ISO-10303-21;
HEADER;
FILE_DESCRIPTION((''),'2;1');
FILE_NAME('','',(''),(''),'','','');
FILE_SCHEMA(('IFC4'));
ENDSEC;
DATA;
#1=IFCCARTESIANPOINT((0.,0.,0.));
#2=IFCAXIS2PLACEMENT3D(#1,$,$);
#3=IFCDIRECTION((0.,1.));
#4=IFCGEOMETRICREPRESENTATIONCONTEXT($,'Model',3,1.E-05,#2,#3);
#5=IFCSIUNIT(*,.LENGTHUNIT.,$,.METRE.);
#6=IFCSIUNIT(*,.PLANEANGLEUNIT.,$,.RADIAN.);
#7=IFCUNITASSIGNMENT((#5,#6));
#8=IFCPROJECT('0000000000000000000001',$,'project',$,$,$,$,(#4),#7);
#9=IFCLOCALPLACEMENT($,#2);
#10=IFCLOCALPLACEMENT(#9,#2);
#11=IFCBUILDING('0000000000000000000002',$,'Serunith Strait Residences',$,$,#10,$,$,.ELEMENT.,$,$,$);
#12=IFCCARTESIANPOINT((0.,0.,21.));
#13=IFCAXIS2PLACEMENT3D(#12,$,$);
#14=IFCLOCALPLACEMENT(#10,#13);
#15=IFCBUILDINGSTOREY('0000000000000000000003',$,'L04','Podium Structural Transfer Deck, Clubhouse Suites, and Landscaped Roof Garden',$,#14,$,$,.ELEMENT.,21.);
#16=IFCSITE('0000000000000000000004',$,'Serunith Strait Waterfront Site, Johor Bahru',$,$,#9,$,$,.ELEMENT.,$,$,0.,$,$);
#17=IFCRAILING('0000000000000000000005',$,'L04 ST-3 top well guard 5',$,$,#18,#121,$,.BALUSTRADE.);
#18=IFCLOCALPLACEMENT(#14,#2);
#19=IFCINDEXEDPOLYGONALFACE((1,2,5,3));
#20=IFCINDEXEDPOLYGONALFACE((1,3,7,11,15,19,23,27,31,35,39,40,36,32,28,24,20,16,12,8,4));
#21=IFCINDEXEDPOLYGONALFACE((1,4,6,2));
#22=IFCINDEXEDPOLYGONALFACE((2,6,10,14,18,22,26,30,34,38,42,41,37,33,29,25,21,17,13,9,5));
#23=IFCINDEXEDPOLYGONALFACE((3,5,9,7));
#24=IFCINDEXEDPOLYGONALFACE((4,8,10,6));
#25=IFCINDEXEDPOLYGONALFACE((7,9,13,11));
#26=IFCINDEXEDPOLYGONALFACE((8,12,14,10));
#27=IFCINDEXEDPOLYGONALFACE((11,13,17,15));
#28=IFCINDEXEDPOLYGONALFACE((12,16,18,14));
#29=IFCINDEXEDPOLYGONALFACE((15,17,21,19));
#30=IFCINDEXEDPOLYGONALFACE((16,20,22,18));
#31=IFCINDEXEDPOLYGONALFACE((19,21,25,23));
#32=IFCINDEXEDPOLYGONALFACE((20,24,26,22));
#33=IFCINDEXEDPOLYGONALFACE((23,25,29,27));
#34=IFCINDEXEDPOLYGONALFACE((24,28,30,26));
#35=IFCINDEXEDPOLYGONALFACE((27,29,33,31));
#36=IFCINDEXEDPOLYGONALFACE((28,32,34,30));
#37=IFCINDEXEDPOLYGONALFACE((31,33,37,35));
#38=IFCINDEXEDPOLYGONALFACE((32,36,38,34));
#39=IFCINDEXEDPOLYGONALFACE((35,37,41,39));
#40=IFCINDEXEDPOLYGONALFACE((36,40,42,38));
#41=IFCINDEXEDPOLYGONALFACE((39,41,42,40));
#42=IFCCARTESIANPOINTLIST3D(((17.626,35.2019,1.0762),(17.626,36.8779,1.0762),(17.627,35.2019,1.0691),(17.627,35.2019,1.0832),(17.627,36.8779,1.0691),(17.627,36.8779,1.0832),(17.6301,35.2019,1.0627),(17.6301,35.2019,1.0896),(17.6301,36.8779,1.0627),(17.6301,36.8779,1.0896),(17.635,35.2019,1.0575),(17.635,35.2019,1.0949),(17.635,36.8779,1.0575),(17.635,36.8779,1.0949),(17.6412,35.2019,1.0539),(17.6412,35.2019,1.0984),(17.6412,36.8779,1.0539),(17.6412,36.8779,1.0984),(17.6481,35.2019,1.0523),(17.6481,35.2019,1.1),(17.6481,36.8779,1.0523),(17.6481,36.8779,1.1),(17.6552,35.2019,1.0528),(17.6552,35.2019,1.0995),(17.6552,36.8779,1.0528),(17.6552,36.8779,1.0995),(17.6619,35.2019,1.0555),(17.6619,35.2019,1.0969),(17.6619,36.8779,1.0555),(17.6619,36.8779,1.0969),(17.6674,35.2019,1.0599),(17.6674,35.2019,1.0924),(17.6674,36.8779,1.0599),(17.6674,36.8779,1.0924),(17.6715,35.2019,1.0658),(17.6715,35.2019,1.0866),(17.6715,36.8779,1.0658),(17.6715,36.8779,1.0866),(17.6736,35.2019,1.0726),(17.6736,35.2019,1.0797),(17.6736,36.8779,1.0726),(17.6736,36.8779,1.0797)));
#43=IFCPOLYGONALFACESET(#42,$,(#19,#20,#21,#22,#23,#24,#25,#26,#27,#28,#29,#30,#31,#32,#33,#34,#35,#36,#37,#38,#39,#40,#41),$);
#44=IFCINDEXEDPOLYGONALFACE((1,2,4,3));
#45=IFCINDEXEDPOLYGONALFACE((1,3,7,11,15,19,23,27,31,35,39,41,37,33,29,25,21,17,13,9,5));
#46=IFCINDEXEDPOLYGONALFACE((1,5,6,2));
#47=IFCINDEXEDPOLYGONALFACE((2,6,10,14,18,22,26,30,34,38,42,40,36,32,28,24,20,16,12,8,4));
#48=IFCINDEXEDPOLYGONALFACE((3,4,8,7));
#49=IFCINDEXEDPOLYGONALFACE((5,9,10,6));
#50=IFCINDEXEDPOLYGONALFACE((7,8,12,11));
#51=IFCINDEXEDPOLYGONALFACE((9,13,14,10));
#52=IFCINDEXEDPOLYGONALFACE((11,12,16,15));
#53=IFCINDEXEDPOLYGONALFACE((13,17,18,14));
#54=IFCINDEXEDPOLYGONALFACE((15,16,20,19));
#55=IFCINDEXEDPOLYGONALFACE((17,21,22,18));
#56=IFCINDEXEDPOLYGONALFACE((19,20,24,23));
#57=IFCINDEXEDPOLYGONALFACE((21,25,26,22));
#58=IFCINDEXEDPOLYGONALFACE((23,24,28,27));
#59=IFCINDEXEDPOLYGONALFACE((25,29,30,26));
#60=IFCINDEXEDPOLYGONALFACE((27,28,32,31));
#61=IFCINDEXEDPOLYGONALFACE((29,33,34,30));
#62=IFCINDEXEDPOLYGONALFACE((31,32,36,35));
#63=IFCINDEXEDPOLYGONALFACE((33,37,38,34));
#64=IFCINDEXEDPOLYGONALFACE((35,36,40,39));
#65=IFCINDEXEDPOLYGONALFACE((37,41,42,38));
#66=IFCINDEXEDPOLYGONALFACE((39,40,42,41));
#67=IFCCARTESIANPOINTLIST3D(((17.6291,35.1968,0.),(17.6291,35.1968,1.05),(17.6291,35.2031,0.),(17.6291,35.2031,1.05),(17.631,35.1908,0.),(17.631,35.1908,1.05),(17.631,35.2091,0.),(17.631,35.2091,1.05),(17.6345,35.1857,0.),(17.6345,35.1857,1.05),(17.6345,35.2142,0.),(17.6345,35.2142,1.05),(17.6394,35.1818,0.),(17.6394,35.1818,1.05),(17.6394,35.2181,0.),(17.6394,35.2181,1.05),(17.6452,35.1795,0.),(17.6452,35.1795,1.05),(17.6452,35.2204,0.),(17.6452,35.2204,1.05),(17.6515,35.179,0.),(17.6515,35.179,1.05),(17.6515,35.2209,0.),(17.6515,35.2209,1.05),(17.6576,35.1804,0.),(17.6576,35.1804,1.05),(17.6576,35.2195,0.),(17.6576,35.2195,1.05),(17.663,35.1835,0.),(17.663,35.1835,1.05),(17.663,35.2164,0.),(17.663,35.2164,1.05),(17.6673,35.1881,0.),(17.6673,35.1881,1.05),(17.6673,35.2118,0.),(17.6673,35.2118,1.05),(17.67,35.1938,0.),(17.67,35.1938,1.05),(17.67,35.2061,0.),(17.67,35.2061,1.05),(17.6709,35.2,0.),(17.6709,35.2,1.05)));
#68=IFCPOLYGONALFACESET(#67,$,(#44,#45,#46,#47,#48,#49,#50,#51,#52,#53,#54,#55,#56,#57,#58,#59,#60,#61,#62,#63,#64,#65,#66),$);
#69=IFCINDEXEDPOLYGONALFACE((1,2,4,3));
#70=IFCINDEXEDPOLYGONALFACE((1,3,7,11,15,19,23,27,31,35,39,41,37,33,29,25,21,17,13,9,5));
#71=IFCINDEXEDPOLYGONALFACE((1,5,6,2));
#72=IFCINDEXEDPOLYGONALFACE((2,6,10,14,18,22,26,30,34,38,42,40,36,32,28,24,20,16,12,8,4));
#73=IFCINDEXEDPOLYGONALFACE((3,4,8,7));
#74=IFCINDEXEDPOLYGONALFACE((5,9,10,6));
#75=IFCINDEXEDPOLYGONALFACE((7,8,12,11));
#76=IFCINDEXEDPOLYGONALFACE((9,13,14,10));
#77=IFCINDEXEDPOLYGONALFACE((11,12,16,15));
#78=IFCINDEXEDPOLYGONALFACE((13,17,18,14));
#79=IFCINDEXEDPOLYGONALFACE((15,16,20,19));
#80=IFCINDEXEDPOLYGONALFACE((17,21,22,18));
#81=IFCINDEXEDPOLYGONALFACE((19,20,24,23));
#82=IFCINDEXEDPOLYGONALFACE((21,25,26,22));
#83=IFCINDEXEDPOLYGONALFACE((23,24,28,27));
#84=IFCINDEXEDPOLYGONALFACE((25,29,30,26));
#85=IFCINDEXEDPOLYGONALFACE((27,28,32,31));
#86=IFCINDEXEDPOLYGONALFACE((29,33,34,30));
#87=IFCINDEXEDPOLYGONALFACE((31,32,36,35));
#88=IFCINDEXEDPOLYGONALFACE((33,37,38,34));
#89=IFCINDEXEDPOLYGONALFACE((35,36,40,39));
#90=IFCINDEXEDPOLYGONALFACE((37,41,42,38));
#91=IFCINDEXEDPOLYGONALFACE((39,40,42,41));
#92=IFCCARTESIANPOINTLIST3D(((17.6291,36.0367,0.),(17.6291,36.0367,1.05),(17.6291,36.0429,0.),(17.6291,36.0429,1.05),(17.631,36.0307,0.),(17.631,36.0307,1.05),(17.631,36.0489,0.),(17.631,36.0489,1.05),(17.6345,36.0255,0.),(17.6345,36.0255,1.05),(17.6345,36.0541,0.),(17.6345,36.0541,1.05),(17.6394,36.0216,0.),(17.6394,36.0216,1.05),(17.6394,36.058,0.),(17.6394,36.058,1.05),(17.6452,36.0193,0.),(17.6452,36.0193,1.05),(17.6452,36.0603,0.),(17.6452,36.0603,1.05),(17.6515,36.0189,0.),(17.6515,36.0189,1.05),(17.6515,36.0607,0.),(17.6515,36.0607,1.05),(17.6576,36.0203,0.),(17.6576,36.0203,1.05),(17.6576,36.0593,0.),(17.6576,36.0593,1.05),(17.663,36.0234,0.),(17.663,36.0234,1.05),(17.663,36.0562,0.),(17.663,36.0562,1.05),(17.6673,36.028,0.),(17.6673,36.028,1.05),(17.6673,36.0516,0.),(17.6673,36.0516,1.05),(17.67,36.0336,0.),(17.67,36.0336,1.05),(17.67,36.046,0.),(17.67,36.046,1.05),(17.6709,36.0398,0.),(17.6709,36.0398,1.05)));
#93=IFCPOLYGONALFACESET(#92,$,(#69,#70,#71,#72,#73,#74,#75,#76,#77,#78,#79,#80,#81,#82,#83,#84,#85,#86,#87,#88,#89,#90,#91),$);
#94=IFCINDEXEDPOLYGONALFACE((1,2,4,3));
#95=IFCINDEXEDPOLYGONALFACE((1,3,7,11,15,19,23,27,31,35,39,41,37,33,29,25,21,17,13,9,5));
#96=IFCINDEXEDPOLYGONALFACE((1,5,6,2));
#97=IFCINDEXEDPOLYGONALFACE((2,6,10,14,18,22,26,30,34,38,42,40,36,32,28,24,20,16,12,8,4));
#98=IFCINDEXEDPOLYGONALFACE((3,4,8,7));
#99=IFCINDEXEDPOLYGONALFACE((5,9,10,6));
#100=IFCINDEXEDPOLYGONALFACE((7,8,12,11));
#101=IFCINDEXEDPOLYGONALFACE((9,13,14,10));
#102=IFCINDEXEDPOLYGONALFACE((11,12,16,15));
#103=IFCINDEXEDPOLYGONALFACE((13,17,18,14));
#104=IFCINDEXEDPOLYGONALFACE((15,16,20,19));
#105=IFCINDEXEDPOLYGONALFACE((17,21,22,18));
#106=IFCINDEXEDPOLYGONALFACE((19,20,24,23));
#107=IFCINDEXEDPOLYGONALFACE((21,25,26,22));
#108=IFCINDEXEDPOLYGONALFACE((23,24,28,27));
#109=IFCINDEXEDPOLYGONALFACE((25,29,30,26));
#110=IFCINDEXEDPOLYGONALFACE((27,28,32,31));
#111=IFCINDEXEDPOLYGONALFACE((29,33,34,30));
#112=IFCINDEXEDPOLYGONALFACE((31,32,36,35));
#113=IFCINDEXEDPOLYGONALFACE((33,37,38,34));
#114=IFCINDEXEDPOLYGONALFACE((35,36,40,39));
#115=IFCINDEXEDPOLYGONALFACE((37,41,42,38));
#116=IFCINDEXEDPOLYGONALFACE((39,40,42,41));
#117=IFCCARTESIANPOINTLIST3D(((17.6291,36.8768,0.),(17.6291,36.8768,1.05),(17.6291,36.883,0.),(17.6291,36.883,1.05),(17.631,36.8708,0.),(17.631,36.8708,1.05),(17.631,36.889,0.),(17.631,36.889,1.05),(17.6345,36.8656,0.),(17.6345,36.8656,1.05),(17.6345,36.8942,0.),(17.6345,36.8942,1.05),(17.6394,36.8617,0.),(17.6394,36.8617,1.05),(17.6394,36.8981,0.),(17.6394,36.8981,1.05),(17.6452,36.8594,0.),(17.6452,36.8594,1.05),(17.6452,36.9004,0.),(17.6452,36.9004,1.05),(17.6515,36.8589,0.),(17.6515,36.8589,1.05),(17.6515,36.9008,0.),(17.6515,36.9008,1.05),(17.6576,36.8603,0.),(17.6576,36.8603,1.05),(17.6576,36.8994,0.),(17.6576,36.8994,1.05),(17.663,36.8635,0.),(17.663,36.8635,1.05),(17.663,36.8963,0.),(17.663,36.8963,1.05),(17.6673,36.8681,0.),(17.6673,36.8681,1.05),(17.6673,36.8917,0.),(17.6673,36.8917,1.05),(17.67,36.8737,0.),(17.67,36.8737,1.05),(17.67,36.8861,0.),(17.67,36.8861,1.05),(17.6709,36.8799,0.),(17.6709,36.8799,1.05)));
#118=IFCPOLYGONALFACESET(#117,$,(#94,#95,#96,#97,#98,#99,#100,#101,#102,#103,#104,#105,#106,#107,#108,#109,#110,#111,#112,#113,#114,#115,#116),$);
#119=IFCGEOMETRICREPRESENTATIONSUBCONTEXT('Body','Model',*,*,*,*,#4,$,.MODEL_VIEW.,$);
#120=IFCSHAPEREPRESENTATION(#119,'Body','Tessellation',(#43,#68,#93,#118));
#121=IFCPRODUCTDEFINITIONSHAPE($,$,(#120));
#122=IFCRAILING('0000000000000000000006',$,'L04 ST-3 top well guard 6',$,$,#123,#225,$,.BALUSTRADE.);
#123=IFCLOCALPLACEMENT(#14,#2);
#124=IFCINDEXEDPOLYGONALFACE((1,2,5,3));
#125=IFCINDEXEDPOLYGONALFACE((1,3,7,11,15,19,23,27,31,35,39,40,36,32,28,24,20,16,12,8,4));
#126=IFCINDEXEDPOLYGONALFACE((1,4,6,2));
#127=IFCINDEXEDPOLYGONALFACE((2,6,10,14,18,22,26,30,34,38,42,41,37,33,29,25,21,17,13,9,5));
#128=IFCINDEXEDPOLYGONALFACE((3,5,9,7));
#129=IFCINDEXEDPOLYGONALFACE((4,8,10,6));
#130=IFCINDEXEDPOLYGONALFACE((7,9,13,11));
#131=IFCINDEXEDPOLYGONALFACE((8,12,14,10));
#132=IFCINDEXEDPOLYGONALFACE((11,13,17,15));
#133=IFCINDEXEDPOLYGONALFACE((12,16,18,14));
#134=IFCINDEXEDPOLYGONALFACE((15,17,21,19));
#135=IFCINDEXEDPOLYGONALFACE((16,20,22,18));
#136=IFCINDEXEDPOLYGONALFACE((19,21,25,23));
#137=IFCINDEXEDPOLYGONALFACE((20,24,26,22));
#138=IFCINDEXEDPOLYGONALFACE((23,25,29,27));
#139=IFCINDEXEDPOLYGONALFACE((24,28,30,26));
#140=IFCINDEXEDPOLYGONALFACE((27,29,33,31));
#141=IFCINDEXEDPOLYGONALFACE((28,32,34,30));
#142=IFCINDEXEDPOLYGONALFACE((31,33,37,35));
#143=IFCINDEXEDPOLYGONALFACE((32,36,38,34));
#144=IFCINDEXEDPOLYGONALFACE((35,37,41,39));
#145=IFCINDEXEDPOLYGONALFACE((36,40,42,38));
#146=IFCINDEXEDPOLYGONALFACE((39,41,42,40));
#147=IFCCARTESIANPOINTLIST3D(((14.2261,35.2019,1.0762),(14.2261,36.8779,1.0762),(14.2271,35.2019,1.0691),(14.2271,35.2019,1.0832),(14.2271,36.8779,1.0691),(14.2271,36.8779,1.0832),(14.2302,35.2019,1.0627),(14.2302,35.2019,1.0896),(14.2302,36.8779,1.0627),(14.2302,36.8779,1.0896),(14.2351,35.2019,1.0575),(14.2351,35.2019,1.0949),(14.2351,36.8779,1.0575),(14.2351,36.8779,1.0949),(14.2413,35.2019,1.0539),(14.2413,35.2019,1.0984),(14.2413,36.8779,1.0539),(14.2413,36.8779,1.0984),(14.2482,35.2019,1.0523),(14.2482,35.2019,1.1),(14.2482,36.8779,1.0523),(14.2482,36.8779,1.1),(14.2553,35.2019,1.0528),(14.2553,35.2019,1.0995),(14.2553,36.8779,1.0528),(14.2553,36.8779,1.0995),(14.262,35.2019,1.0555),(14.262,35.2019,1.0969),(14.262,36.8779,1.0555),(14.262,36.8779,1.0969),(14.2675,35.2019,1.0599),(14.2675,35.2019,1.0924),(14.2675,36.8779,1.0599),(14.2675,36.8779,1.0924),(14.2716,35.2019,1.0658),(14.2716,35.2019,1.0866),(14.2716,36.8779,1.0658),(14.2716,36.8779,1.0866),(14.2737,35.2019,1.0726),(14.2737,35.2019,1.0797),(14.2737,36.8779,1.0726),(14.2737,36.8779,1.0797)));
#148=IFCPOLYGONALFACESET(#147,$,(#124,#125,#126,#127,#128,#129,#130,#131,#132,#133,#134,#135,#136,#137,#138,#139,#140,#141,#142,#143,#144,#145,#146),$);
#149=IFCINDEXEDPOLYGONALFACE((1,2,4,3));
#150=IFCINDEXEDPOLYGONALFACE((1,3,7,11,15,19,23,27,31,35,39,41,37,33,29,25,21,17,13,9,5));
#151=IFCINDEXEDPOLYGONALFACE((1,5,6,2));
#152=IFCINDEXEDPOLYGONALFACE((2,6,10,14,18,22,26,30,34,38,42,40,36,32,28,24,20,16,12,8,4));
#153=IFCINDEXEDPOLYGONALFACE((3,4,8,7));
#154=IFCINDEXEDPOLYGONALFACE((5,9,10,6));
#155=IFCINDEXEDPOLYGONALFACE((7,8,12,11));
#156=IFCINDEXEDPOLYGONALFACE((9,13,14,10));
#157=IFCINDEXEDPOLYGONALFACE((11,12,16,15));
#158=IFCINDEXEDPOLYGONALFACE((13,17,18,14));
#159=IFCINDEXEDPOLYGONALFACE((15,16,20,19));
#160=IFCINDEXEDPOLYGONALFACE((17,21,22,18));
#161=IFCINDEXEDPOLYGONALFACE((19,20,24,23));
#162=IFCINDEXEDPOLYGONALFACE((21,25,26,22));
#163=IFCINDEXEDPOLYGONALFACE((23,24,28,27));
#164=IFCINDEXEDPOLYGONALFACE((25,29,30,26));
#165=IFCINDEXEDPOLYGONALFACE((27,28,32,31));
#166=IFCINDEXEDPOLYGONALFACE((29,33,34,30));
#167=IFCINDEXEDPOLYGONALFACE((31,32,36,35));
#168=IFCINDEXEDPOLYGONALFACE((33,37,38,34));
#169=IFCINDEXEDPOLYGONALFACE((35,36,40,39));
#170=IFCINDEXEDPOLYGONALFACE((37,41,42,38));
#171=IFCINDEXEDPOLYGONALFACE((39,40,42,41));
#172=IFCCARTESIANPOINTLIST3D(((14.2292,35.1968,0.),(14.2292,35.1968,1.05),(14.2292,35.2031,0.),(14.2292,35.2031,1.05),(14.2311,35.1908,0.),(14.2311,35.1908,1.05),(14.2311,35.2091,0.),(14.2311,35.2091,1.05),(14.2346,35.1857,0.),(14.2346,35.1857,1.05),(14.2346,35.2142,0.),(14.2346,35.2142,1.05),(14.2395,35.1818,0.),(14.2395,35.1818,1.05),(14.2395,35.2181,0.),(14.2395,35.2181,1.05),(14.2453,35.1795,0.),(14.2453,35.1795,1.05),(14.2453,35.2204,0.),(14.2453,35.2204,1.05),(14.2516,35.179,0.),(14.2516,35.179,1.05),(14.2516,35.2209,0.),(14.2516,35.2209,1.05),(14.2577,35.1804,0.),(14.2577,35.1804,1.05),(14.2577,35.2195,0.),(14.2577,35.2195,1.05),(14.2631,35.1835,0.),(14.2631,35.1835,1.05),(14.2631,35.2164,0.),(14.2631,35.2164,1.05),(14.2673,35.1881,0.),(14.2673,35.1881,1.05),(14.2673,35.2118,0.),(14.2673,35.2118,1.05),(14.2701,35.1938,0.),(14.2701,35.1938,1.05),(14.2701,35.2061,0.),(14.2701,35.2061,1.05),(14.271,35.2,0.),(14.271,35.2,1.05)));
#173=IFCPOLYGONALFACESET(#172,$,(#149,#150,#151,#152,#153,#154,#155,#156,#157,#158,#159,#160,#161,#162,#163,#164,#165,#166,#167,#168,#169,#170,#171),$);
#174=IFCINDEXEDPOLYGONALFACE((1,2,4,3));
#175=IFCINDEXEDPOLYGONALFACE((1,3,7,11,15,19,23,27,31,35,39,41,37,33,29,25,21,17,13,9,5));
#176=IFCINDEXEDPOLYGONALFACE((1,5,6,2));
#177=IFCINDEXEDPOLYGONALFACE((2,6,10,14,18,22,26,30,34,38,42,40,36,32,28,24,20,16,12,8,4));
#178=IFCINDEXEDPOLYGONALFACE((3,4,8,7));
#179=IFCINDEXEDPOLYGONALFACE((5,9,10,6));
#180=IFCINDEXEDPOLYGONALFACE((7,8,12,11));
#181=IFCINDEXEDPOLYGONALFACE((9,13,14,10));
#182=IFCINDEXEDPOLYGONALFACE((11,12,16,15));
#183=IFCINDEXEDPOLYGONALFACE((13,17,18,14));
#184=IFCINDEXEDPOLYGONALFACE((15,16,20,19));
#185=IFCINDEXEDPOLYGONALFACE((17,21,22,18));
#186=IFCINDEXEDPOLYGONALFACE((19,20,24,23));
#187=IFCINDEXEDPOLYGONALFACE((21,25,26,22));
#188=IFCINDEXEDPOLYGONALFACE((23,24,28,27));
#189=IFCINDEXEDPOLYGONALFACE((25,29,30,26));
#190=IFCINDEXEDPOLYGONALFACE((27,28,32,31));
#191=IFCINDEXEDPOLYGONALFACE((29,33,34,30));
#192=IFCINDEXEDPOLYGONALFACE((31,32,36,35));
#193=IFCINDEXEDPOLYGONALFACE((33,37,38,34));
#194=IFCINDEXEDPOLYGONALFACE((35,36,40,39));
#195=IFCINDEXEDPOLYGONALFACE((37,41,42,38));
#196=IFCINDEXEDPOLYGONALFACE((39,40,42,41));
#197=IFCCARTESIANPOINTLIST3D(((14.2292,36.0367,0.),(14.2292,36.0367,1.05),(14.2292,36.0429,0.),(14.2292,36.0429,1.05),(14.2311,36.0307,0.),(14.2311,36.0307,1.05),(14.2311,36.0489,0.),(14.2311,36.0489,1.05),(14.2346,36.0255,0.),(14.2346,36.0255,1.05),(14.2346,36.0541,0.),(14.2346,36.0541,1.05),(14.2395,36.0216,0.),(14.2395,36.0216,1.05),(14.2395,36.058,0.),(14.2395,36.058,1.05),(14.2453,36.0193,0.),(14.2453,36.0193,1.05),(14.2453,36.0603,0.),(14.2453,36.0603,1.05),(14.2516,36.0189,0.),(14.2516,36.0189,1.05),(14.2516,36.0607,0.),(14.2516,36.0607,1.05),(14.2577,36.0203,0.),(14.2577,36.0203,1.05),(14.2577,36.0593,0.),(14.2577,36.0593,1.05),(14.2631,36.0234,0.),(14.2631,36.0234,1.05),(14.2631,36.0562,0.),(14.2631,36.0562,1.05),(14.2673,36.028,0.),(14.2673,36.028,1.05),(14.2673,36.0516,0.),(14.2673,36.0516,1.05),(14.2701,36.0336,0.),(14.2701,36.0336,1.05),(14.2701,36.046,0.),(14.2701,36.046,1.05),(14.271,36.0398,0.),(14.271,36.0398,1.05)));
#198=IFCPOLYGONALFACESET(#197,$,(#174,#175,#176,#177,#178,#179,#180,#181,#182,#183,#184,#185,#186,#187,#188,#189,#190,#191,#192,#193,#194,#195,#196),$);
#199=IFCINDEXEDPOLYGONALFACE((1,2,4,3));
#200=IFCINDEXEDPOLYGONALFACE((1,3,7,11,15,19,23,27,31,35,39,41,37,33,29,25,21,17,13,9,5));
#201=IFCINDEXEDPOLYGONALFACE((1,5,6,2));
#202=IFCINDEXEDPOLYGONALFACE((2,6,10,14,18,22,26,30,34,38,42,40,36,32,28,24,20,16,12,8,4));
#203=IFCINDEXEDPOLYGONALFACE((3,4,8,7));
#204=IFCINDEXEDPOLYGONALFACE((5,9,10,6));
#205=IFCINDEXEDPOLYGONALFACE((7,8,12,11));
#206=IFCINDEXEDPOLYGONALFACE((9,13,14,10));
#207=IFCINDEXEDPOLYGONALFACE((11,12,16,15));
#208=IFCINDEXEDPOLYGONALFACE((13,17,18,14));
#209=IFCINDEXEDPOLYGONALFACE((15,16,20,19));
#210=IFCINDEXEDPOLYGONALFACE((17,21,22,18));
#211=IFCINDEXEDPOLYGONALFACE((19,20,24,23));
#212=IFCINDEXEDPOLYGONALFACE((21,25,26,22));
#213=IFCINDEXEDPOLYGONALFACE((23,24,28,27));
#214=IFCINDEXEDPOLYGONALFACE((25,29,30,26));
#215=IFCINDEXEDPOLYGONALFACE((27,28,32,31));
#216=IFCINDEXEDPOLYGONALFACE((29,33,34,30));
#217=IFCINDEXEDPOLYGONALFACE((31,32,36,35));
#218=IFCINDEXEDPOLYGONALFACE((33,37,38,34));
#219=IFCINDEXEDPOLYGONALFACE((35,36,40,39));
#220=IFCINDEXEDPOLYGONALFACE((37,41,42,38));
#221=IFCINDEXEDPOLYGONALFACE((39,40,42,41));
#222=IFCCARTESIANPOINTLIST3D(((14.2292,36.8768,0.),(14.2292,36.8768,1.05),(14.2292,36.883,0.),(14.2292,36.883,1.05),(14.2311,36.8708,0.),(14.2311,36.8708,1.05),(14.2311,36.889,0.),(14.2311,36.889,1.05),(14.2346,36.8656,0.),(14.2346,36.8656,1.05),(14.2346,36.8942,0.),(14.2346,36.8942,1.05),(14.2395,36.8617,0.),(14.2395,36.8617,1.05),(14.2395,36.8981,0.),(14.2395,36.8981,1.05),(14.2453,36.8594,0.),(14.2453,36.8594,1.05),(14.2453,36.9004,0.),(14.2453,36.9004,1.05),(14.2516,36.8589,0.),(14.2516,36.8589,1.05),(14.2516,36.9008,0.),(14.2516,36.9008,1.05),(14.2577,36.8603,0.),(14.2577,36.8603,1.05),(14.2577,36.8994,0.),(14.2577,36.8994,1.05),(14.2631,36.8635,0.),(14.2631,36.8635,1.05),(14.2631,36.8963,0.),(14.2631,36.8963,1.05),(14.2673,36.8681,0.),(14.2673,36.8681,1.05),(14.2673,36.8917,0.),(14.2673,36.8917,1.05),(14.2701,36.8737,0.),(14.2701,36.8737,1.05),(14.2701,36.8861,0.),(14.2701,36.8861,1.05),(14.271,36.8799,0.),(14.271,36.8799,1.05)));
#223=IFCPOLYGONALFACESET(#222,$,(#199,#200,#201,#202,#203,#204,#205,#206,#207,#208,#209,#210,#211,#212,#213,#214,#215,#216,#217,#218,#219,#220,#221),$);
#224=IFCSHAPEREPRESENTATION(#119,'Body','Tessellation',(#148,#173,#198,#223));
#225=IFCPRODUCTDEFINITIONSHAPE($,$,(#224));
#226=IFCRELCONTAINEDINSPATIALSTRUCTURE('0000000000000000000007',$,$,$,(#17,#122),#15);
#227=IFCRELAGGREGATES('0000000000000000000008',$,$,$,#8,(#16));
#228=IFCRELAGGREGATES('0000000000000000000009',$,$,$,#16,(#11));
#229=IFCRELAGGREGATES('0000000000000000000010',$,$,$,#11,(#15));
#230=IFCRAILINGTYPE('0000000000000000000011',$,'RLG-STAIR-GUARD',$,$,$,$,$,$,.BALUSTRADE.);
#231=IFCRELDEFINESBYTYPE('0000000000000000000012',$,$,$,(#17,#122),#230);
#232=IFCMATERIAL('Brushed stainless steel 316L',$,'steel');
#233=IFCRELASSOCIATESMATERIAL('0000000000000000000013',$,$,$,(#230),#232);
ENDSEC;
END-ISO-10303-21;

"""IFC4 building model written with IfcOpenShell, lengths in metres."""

from ifc_helpers import new_model, si_unit, direction, frame, origin, origin_2d, place, context, subcontext, project, spatial, circle, extrude, material, type_object, element, save


model = new_model("IFC4")

# Units and contexts
model_context = context("Model", 3, precision=1e-05, world=origin(), true_north=direction((0.0, 1.0)))
body_context = subcontext(model_context, "Body", "Model", "MODEL_VIEW")
ifc_project = project(units=[si_unit("LENGTHUNIT", "METRE"), si_unit("PLANEANGLEUNIT", "RADIAN")], contexts=[model_context])

# Site, building, storey
site_placement = place(None, origin())
site = spatial("IfcSite", under=ifc_project, at=site_placement, Name="Serunith Strait Waterfront Site, Johor Bahru", CompositionType="ELEMENT", RefElevation=0.0)
building_placement = place(site_placement, origin())
building = spatial("IfcBuilding", under=site, at=building_placement, Name="Serunith Strait Residences", CompositionType="ELEMENT")
storey_placement = place(building_placement, frame((0.0, 0.0, 21.0)))
storey = spatial("IfcBuildingStorey", under=building, at=storey_placement, Name="L04", Description="Podium Structural Transfer Deck, Clubhouse Suites, and Landscaped Roof Garden", CompositionType="ELEMENT", Elevation=21.0)

# Railings
ifc_material_1 = material(Name="Brushed stainless steel 316L", Category="steel")
railing_type = type_object("IfcRailingType", Name="RLG-STAIR-GUARD", PredefinedType="BALUSTRADE", material=ifc_material_1)
for number, where, name in (
    (1, (17.6499, 35.2, 0.0), "L04 ST-3 top well guard 5"),
    (2, (14.25, 35.2, 0.0), "L04 ST-3 top well guard 6"),
):
    element("IfcRailing", number, at=place(storey_placement, frame(where)), inside=storey, type_object=railing_type, Name=name, PredefinedType="BALUSTRADE", context=body_context, shape_type="SweptSolid", body=[
        extrude(circle(Radius=0.0239, at=origin_2d()), frame((0.0, 0.002, 1.0762), z_axis=(0.0, 1.0, 0.0), x_axis=(-1.0, 0.0, 0.0)), (0.0, 0.0, 1.0), 1.676),
        extrude(circle(Radius=0.021, at=origin_2d()), origin(), (0.0, 0.0, 1.0), 1.05),
        extrude(circle(Radius=0.021, at=origin_2d()), frame((0.0, 0.8398, 0.0)), (0.0, 0.0, 1.0), 1.05),
        extrude(circle(Radius=0.021, at=origin_2d()), frame((0.0, 1.6799, 0.0)), (0.0, 0.0, 1.0), 1.05),
    ])

save(model, "model.ifc")
